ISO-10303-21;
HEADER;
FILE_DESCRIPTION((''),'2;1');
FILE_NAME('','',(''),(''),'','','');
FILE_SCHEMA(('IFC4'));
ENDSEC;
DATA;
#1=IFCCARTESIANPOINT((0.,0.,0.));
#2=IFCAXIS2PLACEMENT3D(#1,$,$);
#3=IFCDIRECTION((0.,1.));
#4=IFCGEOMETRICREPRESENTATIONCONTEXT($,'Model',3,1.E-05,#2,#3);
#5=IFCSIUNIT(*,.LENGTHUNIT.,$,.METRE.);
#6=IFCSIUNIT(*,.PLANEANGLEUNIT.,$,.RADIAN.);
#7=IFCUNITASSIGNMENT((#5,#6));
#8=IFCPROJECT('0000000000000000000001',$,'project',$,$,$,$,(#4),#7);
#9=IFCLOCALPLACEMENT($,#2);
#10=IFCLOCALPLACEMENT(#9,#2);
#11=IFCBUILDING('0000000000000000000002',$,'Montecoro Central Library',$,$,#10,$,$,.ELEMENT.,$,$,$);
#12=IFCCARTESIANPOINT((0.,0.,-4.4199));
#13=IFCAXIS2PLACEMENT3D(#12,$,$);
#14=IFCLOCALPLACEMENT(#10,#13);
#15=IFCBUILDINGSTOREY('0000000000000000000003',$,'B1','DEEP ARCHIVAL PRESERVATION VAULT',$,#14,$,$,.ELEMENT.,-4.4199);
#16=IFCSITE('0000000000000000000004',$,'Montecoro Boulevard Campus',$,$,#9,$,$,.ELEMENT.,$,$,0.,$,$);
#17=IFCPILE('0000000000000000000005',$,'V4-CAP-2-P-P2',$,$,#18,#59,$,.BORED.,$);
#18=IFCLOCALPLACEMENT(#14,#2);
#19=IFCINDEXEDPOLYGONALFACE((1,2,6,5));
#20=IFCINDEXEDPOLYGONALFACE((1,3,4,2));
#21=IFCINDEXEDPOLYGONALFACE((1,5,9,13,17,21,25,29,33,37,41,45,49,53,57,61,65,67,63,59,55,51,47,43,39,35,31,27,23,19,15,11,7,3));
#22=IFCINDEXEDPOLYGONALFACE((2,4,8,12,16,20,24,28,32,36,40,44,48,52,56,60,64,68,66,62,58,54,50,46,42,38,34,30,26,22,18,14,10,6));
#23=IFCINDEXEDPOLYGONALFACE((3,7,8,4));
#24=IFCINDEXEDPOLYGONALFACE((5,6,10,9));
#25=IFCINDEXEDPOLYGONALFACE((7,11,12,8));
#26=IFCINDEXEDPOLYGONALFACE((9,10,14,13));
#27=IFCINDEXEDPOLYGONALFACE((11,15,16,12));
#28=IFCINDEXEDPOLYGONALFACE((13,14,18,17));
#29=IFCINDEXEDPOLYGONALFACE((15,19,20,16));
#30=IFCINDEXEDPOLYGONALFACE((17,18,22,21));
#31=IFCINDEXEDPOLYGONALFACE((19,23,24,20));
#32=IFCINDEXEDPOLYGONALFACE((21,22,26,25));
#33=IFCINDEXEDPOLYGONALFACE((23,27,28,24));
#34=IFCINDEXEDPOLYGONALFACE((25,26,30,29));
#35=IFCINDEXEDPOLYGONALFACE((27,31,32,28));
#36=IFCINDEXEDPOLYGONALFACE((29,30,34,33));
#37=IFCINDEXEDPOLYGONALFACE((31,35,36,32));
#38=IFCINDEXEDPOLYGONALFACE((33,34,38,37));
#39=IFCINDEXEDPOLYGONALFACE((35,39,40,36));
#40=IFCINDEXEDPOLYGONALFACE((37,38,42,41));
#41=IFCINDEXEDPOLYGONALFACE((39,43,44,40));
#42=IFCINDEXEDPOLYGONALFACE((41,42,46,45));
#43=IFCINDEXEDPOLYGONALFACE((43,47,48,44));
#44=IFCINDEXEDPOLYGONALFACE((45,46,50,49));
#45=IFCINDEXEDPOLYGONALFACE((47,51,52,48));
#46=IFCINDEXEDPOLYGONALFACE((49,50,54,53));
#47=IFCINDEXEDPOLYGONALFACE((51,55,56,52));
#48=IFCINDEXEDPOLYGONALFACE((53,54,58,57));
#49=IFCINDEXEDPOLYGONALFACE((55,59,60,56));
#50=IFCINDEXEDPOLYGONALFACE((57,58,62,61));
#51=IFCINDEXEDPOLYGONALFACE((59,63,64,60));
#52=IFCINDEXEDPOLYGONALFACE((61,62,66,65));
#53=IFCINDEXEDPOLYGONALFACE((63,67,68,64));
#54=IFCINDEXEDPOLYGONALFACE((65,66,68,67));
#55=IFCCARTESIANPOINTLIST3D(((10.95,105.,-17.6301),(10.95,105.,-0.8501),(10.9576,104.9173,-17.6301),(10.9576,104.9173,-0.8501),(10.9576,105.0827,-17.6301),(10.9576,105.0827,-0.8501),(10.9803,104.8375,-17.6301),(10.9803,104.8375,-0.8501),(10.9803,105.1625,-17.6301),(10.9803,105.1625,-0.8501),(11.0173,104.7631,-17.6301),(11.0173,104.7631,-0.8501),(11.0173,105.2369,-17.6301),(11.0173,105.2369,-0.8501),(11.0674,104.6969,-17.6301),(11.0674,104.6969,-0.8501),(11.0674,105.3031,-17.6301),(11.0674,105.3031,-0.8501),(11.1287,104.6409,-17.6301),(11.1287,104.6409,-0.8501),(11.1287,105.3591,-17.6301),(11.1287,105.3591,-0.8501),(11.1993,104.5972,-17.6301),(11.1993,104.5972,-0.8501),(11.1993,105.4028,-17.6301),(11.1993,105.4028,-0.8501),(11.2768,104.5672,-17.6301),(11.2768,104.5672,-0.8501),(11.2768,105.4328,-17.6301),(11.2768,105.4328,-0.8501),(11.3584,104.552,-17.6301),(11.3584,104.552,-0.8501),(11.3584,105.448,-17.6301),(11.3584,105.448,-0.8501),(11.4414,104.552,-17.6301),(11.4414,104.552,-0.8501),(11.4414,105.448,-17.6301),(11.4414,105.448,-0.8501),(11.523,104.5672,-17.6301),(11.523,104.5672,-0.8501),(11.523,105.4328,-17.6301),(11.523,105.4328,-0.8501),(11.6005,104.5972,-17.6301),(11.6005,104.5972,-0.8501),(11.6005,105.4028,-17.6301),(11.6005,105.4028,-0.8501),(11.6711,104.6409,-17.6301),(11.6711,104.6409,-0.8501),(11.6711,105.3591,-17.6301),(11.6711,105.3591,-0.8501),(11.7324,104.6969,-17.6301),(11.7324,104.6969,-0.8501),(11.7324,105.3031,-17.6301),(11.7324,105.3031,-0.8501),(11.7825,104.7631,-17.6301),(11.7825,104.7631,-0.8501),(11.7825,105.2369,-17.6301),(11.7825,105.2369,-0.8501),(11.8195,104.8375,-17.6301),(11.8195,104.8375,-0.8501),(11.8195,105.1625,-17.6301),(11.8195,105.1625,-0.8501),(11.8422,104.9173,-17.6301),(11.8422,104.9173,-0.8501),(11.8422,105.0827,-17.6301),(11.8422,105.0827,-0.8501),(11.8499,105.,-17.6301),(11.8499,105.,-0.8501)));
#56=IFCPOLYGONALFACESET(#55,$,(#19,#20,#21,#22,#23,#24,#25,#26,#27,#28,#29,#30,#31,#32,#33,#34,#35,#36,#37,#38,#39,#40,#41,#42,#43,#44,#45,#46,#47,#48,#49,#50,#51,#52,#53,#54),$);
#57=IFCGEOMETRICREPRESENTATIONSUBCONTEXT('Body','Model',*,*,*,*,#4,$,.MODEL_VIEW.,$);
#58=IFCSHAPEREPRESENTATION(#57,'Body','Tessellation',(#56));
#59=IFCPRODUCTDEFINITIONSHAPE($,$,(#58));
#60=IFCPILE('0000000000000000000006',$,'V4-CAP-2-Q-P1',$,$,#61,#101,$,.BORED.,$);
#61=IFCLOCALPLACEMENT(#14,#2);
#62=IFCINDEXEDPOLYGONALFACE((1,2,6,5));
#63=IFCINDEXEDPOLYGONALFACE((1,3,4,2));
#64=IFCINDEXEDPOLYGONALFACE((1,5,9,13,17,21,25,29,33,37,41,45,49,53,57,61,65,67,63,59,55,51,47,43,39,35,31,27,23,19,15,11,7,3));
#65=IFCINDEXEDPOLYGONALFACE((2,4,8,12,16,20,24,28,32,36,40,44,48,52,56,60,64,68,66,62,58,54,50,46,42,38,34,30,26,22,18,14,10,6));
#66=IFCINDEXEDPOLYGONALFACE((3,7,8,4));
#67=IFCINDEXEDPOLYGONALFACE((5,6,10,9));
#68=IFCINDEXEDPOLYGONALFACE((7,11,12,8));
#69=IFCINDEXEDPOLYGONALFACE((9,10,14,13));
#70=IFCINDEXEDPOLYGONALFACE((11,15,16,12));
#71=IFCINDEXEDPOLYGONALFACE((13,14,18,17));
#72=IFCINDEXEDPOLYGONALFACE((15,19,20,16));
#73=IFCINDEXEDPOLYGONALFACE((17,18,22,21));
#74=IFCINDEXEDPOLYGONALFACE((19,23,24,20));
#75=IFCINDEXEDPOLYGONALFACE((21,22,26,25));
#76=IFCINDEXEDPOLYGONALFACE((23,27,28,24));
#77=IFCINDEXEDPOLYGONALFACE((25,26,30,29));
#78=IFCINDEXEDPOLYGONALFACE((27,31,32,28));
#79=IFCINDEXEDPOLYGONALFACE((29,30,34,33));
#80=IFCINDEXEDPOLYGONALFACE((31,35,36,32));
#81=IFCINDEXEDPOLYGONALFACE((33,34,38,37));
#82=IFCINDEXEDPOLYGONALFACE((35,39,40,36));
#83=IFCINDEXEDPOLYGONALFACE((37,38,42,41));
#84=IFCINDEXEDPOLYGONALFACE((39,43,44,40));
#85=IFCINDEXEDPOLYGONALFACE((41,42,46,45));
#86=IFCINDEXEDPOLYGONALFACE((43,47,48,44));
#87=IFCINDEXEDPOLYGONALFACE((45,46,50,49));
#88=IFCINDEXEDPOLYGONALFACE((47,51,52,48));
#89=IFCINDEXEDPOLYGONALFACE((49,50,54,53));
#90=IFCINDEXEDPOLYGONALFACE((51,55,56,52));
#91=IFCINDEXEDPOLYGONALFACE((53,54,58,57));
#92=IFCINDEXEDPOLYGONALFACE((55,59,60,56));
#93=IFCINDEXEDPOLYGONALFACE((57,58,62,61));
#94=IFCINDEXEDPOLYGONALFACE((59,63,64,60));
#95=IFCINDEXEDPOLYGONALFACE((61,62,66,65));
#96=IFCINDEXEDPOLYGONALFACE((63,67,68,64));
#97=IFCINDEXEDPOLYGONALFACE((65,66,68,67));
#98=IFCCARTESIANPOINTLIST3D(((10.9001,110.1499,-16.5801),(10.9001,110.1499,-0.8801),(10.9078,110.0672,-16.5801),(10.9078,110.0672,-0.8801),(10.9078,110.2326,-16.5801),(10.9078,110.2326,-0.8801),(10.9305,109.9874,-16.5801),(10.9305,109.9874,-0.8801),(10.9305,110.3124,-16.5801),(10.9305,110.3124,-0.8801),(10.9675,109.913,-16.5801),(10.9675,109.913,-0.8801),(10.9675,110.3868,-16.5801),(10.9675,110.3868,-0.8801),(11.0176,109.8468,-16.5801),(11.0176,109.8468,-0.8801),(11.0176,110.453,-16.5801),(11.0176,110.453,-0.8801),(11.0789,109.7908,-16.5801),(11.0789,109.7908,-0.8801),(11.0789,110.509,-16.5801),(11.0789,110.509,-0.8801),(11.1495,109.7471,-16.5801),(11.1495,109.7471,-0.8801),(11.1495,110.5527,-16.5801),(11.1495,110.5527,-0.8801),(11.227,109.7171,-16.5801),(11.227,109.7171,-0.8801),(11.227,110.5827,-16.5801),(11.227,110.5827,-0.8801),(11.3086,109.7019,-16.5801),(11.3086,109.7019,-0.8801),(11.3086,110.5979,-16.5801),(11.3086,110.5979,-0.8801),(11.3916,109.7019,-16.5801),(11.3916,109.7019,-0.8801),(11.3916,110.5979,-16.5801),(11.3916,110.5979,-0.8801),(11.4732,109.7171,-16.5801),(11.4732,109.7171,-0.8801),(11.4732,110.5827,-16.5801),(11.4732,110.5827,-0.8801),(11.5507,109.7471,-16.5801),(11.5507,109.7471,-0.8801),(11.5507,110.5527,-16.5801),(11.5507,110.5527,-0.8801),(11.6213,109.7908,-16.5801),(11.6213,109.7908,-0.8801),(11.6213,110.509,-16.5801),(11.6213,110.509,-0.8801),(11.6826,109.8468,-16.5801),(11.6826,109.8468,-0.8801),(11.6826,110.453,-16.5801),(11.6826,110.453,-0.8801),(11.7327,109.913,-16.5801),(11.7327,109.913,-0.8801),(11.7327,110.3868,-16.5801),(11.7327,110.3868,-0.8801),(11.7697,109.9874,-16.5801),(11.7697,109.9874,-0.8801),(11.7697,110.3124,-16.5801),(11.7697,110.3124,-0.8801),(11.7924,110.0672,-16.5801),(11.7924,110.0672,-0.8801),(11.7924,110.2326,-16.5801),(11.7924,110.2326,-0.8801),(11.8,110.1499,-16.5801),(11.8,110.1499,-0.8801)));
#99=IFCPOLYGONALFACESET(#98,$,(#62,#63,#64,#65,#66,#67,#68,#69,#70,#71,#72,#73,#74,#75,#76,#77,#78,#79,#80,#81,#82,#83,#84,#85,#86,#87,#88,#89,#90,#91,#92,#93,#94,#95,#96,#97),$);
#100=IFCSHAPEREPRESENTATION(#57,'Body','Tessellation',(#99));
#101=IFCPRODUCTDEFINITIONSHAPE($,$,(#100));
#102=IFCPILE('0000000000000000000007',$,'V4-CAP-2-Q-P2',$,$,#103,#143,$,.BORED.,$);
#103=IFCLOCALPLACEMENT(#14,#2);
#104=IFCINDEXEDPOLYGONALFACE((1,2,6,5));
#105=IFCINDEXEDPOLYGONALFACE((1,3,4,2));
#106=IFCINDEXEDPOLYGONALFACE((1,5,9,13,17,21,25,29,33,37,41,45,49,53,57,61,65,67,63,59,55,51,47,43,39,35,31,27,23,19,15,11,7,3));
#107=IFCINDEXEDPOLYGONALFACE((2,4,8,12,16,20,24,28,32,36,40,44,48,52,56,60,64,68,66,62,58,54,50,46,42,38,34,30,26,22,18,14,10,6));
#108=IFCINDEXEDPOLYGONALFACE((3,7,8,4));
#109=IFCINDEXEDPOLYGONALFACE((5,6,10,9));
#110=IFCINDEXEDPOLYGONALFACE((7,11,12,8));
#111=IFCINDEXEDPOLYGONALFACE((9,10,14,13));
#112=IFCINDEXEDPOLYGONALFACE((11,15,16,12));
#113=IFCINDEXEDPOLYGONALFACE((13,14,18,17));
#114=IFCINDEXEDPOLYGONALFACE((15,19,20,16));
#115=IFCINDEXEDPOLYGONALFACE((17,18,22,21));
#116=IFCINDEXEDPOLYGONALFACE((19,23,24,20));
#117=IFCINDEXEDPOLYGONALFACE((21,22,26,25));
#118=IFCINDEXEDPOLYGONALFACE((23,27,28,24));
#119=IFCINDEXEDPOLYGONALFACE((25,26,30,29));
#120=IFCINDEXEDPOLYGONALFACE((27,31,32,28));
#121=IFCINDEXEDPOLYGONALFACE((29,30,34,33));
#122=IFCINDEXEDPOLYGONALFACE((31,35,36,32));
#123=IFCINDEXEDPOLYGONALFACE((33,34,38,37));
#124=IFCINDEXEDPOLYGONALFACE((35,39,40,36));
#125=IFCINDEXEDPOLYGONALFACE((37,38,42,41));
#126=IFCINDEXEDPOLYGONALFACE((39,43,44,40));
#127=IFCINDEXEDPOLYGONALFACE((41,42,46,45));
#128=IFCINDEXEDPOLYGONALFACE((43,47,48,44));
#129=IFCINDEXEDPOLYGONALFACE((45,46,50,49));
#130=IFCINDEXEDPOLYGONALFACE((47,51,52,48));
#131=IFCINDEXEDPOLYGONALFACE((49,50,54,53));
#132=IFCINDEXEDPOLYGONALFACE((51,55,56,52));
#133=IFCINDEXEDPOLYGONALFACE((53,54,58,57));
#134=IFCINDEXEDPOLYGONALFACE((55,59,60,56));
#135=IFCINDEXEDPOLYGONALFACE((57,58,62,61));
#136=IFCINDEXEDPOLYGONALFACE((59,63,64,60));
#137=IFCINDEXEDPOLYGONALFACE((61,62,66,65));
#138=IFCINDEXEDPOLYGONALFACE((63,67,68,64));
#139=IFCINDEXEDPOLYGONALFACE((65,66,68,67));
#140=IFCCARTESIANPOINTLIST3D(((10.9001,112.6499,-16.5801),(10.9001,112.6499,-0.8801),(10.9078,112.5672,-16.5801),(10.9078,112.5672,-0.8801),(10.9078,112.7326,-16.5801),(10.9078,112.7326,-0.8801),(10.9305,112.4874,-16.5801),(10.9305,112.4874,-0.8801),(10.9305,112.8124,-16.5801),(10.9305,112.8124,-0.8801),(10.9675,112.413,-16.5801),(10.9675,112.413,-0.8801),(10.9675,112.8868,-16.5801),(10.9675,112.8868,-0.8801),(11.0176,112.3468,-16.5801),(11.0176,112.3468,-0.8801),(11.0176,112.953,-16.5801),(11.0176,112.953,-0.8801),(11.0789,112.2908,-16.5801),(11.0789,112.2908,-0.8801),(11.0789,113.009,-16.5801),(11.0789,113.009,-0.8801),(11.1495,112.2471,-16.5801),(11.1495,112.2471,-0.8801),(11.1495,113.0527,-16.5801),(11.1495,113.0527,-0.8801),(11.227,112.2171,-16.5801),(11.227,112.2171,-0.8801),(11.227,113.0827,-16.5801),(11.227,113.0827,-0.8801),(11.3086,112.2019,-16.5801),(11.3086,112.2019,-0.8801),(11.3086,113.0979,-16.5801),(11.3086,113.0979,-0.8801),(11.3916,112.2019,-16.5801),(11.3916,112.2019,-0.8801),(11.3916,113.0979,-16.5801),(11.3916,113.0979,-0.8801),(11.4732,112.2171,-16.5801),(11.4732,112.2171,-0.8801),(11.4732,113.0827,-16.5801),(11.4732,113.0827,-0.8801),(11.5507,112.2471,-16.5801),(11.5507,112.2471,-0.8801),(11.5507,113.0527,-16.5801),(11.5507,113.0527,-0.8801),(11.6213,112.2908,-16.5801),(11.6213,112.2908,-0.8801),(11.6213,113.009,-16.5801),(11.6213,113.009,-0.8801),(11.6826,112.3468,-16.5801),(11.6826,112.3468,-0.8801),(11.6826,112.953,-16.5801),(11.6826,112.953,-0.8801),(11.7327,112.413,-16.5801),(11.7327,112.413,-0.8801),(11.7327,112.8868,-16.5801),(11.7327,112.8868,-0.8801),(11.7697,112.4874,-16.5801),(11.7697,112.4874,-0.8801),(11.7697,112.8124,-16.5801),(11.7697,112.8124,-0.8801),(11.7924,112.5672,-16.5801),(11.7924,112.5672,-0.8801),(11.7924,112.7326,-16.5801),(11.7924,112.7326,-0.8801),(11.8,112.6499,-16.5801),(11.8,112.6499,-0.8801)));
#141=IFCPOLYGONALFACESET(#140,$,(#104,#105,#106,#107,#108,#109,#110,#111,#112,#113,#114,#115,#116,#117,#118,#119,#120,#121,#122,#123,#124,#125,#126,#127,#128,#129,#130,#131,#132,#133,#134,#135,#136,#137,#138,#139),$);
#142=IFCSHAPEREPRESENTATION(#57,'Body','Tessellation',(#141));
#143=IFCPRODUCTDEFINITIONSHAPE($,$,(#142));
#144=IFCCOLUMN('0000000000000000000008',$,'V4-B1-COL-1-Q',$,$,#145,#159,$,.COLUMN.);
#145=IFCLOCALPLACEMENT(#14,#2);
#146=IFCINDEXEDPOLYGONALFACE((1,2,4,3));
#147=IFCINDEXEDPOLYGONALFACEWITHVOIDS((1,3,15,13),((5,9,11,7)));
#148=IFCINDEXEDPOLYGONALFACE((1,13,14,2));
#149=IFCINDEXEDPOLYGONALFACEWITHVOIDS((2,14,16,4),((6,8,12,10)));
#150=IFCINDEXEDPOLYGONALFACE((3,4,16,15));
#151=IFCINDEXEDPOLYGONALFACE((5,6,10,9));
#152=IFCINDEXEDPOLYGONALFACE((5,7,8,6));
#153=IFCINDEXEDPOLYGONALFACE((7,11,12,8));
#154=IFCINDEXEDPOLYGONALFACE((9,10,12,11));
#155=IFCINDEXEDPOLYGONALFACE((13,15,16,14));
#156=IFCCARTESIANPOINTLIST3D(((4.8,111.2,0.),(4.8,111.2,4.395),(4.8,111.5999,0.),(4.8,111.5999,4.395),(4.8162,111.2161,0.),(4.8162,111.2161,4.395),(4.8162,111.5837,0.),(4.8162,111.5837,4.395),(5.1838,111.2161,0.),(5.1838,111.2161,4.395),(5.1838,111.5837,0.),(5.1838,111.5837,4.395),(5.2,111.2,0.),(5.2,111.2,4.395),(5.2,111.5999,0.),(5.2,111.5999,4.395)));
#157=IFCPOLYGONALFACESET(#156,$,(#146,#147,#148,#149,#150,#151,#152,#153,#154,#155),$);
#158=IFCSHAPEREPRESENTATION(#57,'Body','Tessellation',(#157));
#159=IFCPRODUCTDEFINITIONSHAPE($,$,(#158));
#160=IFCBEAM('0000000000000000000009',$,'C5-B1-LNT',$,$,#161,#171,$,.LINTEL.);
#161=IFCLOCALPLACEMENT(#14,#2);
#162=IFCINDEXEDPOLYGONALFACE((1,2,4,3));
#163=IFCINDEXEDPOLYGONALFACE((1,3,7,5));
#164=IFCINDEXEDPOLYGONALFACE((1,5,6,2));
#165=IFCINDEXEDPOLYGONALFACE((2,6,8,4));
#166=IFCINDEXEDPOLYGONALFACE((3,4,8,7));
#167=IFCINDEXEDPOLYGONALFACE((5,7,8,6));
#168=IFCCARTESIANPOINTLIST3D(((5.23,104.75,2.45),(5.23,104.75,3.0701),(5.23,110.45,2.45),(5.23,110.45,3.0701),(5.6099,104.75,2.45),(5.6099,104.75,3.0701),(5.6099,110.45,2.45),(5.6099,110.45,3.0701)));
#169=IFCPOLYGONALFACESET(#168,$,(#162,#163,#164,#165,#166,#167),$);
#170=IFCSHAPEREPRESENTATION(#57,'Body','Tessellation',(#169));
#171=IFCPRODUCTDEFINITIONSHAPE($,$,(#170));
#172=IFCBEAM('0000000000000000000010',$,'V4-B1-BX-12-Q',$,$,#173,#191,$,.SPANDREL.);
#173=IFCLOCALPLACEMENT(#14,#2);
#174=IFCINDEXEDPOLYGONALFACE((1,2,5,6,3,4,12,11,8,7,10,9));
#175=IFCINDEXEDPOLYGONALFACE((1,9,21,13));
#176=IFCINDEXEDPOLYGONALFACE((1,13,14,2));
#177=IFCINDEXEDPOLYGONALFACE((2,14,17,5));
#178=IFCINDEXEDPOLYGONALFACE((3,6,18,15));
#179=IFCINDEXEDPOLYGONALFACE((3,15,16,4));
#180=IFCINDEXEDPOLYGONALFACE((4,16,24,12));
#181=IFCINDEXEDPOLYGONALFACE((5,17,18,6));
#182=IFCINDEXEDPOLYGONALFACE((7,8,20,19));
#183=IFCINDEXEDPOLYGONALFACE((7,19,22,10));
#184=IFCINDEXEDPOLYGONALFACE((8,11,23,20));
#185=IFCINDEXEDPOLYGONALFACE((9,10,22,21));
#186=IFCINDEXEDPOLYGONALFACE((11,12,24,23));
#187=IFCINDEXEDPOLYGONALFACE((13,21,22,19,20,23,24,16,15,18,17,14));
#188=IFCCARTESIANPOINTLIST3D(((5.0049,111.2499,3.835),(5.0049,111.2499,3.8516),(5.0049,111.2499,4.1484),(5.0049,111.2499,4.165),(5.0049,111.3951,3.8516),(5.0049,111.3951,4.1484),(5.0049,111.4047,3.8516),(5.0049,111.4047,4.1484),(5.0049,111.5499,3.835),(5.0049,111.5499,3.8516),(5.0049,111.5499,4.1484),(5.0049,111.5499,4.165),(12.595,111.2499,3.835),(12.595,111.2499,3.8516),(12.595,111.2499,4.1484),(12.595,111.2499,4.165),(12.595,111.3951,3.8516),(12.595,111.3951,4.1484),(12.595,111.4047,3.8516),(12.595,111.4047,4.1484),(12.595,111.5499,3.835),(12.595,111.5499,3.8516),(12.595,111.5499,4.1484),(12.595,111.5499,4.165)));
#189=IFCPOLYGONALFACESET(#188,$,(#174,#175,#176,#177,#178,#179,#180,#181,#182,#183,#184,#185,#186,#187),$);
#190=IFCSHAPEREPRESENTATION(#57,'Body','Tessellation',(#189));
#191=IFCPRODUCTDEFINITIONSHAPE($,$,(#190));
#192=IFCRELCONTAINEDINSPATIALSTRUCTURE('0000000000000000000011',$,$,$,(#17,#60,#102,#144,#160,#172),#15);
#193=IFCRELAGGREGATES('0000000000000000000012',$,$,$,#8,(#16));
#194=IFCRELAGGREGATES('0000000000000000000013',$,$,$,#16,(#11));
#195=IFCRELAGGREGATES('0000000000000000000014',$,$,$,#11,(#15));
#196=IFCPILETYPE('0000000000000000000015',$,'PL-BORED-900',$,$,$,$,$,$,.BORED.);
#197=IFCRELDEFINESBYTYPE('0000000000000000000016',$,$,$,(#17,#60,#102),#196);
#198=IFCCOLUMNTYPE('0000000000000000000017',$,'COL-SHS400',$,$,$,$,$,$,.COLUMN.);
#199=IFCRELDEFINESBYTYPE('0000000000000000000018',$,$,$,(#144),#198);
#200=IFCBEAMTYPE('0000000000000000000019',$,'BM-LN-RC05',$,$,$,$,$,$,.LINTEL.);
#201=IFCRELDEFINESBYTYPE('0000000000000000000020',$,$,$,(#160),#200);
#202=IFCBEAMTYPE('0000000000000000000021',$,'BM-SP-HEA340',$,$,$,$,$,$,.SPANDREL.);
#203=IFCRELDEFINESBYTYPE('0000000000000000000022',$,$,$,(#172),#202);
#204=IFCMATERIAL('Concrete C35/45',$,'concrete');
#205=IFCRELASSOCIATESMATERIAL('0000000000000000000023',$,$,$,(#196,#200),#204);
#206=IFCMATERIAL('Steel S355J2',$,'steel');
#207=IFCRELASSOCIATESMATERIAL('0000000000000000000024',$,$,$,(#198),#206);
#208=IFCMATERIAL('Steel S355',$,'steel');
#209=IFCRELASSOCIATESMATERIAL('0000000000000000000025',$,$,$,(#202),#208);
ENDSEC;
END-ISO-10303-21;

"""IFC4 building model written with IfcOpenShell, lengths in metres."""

from ifc_helpers import new_model, si_unit, direction, frame, origin, origin_2d, place, context, subcontext, project, spatial, rectangle, hollow_rectangle, circle, i_section, extrude, material, material_profile, profile_set, type_object, element, save


model = new_model("IFC4")

# Units and contexts
model_context = context("Model", 3, precision=1e-05, world=origin(), true_north=direction((0.0, 1.0)))
body_context = subcontext(model_context, "Body", "Model", "MODEL_VIEW")
ifc_project = project(units=[si_unit("LENGTHUNIT", "METRE"), si_unit("PLANEANGLEUNIT", "RADIAN")], contexts=[model_context])

# Site, building, storey
site_placement = place(None, origin())
site = spatial("IfcSite", under=ifc_project, at=site_placement, Name="Montecoro Boulevard Campus", CompositionType="ELEMENT", RefElevation=0.0)
building_placement = place(site_placement, origin())
building = spatial("IfcBuilding", under=site, at=building_placement, Name="Montecoro Central Library", CompositionType="ELEMENT")
storey_placement = place(building_placement, frame((0.0, 0.0, -4.4199)))
storey = spatial("IfcBuildingStorey", under=building, at=storey_placement, Name="B1", Description="DEEP ARCHIVAL PRESERVATION VAULT", CompositionType="ELEMENT", Elevation=-4.4199)

# Shared definitions
ifc_material_1 = material(Name="Concrete C35/45", Category="concrete")

# Piles
ifc_material_profile_1 = material_profile(ifc_material_1, circle(Radius=0.45, at=origin_2d()), Name="PILE D900")
ifc_profile_set_1 = profile_set([ifc_material_profile_1], Name="Concrete C35/45")
pile_type_1 = type_object("IfcPileType", Name="PL-BORED-900", PredefinedType="BORED", material=ifc_profile_set_1)
pile_placement = place(storey_placement, frame((11.3999, 105.0, -0.8501), z_axis=(0.0, 0.0, -1.0), x_axis=(1.0, 0.0, 0.0)))
element("IfcPile", 1, at=pile_placement, inside=storey, type_object=pile_type_1, Name="V4-CAP-2-P-P2", PredefinedType="BORED", context=body_context, shape_type="SweptSolid", body=[
    extrude(circle(Radius=0.45, at=origin_2d()), origin(), (0.0, 0.0, 1.0), 16.78),
])
for number, where, z_axis, x_axis, name in (
    (2, (11.3501, 110.1499, -0.8801), (0.0, 0.0, -1.0), (1.0, 0.0, 0.0), "V4-CAP-2-Q-P1"),
    (3, (11.3501, 112.6499, -0.8801), (0.0, 0.0, -1.0), (1.0, 0.0, 0.0), "V4-CAP-2-Q-P2"),
):
    element("IfcPile", number, at=place(storey_placement, frame(where, z_axis=z_axis, x_axis=x_axis)), inside=storey, type_object=pile_type_1, Name=name, PredefinedType="BORED", context=body_context, shape_type="SweptSolid", body=[
        extrude(circle(Radius=0.45, at=origin_2d()), origin(), (0.0, 0.0, 1.0), 15.7),
    ])

# Column
ifc_material_2 = material(Name="Steel S355J2", Category="steel")
ifc_material_profile_2 = material_profile(ifc_material_2, hollow_rectangle(XDim=0.3999, YDim=0.3999, WallThickness=0.0161, at=origin_2d()), Name="SHS 400x400x16.0")
ifc_profile_set_2 = profile_set([ifc_material_profile_2], Name="Steel S355J2")
column_type = type_object("IfcColumnType", Name="COL-SHS400", PredefinedType="COLUMN", material=ifc_profile_set_2)
column_placement = place(storey_placement, frame((5.0, 111.3999, 0.0), z_axis=(0.0, 0.0, 1.0), x_axis=(1.0, 0.0, 0.0)))
element("IfcColumn", 4, at=column_placement, inside=storey, type_object=column_type, Name="V4-B1-COL-1-Q", PredefinedType="COLUMN", context=body_context, shape_type="SweptSolid", body=[
    extrude(hollow_rectangle(XDim=0.3999, YDim=0.3999, WallThickness=0.0161, at=origin_2d()), origin(), (0.0, 0.0, 1.0), 4.395),
])

# Beams
ifc_material_profile_3 = material_profile(ifc_material_1, rectangle(XDim=0.3799, YDim=0.6201, at=origin_2d()), Name="RC LNT 620x380")
ifc_profile_set_3 = profile_set([ifc_material_profile_3], Name="Concrete C35/45")
beam_type_1 = type_object("IfcBeamType", Name="BM-LN-RC05", PredefinedType="LINTEL", material=ifc_profile_set_3)
beam_placement = place(storey_placement, frame((5.4199, 104.75, 2.76), z_axis=(0.0, 1.0, 0.0), x_axis=(-1.0, 0.0, 0.0)))
element("IfcBeam", 5, at=beam_placement, inside=storey, type_object=beam_type_1, Name="C5-B1-LNT", PredefinedType="LINTEL", context=body_context, shape_type="SweptSolid", body=[
    extrude(rectangle(XDim=0.3799, YDim=0.6201, at=origin_2d()), origin(), (0.0, 0.0, 1.0), 5.7),
])
ifc_material_3 = material(Name="Steel S355", Category="steel")
ifc_material_profile_4 = material_profile(ifc_material_3, i_section(OverallWidth=0.3, OverallDepth=0.3301, WebThickness=0.0095, FlangeThickness=0.0166, at=origin_2d()), Name="HEA 340")
ifc_profile_set_4 = profile_set([ifc_material_profile_4], Name="Steel S355")
beam_type_2 = type_object("IfcBeamType", Name="BM-SP-HEA340", PredefinedType="SPANDREL", material=ifc_profile_set_4)
for number, where, z_axis, x_axis, name in (
    (6, (5.0049, 111.3999, 4.0), (1.0, 0.0, 0.0), (0.0, 1.0, 0.0), "V4-B1-BX-12-Q"),
):
    element("IfcBeam", number, at=place(storey_placement, frame(where, z_axis=z_axis, x_axis=x_axis)), inside=storey, type_object=beam_type_2, Name=name, PredefinedType="SPANDREL", context=body_context, shape_type="SweptSolid", body=[
        extrude(i_section(OverallWidth=0.3, OverallDepth=0.3301, WebThickness=0.0095, FlangeThickness=0.0166, at=origin_2d()), origin(), (0.0, 0.0, 1.0), 7.5901),
    ])

save(model, "model.ifc")
